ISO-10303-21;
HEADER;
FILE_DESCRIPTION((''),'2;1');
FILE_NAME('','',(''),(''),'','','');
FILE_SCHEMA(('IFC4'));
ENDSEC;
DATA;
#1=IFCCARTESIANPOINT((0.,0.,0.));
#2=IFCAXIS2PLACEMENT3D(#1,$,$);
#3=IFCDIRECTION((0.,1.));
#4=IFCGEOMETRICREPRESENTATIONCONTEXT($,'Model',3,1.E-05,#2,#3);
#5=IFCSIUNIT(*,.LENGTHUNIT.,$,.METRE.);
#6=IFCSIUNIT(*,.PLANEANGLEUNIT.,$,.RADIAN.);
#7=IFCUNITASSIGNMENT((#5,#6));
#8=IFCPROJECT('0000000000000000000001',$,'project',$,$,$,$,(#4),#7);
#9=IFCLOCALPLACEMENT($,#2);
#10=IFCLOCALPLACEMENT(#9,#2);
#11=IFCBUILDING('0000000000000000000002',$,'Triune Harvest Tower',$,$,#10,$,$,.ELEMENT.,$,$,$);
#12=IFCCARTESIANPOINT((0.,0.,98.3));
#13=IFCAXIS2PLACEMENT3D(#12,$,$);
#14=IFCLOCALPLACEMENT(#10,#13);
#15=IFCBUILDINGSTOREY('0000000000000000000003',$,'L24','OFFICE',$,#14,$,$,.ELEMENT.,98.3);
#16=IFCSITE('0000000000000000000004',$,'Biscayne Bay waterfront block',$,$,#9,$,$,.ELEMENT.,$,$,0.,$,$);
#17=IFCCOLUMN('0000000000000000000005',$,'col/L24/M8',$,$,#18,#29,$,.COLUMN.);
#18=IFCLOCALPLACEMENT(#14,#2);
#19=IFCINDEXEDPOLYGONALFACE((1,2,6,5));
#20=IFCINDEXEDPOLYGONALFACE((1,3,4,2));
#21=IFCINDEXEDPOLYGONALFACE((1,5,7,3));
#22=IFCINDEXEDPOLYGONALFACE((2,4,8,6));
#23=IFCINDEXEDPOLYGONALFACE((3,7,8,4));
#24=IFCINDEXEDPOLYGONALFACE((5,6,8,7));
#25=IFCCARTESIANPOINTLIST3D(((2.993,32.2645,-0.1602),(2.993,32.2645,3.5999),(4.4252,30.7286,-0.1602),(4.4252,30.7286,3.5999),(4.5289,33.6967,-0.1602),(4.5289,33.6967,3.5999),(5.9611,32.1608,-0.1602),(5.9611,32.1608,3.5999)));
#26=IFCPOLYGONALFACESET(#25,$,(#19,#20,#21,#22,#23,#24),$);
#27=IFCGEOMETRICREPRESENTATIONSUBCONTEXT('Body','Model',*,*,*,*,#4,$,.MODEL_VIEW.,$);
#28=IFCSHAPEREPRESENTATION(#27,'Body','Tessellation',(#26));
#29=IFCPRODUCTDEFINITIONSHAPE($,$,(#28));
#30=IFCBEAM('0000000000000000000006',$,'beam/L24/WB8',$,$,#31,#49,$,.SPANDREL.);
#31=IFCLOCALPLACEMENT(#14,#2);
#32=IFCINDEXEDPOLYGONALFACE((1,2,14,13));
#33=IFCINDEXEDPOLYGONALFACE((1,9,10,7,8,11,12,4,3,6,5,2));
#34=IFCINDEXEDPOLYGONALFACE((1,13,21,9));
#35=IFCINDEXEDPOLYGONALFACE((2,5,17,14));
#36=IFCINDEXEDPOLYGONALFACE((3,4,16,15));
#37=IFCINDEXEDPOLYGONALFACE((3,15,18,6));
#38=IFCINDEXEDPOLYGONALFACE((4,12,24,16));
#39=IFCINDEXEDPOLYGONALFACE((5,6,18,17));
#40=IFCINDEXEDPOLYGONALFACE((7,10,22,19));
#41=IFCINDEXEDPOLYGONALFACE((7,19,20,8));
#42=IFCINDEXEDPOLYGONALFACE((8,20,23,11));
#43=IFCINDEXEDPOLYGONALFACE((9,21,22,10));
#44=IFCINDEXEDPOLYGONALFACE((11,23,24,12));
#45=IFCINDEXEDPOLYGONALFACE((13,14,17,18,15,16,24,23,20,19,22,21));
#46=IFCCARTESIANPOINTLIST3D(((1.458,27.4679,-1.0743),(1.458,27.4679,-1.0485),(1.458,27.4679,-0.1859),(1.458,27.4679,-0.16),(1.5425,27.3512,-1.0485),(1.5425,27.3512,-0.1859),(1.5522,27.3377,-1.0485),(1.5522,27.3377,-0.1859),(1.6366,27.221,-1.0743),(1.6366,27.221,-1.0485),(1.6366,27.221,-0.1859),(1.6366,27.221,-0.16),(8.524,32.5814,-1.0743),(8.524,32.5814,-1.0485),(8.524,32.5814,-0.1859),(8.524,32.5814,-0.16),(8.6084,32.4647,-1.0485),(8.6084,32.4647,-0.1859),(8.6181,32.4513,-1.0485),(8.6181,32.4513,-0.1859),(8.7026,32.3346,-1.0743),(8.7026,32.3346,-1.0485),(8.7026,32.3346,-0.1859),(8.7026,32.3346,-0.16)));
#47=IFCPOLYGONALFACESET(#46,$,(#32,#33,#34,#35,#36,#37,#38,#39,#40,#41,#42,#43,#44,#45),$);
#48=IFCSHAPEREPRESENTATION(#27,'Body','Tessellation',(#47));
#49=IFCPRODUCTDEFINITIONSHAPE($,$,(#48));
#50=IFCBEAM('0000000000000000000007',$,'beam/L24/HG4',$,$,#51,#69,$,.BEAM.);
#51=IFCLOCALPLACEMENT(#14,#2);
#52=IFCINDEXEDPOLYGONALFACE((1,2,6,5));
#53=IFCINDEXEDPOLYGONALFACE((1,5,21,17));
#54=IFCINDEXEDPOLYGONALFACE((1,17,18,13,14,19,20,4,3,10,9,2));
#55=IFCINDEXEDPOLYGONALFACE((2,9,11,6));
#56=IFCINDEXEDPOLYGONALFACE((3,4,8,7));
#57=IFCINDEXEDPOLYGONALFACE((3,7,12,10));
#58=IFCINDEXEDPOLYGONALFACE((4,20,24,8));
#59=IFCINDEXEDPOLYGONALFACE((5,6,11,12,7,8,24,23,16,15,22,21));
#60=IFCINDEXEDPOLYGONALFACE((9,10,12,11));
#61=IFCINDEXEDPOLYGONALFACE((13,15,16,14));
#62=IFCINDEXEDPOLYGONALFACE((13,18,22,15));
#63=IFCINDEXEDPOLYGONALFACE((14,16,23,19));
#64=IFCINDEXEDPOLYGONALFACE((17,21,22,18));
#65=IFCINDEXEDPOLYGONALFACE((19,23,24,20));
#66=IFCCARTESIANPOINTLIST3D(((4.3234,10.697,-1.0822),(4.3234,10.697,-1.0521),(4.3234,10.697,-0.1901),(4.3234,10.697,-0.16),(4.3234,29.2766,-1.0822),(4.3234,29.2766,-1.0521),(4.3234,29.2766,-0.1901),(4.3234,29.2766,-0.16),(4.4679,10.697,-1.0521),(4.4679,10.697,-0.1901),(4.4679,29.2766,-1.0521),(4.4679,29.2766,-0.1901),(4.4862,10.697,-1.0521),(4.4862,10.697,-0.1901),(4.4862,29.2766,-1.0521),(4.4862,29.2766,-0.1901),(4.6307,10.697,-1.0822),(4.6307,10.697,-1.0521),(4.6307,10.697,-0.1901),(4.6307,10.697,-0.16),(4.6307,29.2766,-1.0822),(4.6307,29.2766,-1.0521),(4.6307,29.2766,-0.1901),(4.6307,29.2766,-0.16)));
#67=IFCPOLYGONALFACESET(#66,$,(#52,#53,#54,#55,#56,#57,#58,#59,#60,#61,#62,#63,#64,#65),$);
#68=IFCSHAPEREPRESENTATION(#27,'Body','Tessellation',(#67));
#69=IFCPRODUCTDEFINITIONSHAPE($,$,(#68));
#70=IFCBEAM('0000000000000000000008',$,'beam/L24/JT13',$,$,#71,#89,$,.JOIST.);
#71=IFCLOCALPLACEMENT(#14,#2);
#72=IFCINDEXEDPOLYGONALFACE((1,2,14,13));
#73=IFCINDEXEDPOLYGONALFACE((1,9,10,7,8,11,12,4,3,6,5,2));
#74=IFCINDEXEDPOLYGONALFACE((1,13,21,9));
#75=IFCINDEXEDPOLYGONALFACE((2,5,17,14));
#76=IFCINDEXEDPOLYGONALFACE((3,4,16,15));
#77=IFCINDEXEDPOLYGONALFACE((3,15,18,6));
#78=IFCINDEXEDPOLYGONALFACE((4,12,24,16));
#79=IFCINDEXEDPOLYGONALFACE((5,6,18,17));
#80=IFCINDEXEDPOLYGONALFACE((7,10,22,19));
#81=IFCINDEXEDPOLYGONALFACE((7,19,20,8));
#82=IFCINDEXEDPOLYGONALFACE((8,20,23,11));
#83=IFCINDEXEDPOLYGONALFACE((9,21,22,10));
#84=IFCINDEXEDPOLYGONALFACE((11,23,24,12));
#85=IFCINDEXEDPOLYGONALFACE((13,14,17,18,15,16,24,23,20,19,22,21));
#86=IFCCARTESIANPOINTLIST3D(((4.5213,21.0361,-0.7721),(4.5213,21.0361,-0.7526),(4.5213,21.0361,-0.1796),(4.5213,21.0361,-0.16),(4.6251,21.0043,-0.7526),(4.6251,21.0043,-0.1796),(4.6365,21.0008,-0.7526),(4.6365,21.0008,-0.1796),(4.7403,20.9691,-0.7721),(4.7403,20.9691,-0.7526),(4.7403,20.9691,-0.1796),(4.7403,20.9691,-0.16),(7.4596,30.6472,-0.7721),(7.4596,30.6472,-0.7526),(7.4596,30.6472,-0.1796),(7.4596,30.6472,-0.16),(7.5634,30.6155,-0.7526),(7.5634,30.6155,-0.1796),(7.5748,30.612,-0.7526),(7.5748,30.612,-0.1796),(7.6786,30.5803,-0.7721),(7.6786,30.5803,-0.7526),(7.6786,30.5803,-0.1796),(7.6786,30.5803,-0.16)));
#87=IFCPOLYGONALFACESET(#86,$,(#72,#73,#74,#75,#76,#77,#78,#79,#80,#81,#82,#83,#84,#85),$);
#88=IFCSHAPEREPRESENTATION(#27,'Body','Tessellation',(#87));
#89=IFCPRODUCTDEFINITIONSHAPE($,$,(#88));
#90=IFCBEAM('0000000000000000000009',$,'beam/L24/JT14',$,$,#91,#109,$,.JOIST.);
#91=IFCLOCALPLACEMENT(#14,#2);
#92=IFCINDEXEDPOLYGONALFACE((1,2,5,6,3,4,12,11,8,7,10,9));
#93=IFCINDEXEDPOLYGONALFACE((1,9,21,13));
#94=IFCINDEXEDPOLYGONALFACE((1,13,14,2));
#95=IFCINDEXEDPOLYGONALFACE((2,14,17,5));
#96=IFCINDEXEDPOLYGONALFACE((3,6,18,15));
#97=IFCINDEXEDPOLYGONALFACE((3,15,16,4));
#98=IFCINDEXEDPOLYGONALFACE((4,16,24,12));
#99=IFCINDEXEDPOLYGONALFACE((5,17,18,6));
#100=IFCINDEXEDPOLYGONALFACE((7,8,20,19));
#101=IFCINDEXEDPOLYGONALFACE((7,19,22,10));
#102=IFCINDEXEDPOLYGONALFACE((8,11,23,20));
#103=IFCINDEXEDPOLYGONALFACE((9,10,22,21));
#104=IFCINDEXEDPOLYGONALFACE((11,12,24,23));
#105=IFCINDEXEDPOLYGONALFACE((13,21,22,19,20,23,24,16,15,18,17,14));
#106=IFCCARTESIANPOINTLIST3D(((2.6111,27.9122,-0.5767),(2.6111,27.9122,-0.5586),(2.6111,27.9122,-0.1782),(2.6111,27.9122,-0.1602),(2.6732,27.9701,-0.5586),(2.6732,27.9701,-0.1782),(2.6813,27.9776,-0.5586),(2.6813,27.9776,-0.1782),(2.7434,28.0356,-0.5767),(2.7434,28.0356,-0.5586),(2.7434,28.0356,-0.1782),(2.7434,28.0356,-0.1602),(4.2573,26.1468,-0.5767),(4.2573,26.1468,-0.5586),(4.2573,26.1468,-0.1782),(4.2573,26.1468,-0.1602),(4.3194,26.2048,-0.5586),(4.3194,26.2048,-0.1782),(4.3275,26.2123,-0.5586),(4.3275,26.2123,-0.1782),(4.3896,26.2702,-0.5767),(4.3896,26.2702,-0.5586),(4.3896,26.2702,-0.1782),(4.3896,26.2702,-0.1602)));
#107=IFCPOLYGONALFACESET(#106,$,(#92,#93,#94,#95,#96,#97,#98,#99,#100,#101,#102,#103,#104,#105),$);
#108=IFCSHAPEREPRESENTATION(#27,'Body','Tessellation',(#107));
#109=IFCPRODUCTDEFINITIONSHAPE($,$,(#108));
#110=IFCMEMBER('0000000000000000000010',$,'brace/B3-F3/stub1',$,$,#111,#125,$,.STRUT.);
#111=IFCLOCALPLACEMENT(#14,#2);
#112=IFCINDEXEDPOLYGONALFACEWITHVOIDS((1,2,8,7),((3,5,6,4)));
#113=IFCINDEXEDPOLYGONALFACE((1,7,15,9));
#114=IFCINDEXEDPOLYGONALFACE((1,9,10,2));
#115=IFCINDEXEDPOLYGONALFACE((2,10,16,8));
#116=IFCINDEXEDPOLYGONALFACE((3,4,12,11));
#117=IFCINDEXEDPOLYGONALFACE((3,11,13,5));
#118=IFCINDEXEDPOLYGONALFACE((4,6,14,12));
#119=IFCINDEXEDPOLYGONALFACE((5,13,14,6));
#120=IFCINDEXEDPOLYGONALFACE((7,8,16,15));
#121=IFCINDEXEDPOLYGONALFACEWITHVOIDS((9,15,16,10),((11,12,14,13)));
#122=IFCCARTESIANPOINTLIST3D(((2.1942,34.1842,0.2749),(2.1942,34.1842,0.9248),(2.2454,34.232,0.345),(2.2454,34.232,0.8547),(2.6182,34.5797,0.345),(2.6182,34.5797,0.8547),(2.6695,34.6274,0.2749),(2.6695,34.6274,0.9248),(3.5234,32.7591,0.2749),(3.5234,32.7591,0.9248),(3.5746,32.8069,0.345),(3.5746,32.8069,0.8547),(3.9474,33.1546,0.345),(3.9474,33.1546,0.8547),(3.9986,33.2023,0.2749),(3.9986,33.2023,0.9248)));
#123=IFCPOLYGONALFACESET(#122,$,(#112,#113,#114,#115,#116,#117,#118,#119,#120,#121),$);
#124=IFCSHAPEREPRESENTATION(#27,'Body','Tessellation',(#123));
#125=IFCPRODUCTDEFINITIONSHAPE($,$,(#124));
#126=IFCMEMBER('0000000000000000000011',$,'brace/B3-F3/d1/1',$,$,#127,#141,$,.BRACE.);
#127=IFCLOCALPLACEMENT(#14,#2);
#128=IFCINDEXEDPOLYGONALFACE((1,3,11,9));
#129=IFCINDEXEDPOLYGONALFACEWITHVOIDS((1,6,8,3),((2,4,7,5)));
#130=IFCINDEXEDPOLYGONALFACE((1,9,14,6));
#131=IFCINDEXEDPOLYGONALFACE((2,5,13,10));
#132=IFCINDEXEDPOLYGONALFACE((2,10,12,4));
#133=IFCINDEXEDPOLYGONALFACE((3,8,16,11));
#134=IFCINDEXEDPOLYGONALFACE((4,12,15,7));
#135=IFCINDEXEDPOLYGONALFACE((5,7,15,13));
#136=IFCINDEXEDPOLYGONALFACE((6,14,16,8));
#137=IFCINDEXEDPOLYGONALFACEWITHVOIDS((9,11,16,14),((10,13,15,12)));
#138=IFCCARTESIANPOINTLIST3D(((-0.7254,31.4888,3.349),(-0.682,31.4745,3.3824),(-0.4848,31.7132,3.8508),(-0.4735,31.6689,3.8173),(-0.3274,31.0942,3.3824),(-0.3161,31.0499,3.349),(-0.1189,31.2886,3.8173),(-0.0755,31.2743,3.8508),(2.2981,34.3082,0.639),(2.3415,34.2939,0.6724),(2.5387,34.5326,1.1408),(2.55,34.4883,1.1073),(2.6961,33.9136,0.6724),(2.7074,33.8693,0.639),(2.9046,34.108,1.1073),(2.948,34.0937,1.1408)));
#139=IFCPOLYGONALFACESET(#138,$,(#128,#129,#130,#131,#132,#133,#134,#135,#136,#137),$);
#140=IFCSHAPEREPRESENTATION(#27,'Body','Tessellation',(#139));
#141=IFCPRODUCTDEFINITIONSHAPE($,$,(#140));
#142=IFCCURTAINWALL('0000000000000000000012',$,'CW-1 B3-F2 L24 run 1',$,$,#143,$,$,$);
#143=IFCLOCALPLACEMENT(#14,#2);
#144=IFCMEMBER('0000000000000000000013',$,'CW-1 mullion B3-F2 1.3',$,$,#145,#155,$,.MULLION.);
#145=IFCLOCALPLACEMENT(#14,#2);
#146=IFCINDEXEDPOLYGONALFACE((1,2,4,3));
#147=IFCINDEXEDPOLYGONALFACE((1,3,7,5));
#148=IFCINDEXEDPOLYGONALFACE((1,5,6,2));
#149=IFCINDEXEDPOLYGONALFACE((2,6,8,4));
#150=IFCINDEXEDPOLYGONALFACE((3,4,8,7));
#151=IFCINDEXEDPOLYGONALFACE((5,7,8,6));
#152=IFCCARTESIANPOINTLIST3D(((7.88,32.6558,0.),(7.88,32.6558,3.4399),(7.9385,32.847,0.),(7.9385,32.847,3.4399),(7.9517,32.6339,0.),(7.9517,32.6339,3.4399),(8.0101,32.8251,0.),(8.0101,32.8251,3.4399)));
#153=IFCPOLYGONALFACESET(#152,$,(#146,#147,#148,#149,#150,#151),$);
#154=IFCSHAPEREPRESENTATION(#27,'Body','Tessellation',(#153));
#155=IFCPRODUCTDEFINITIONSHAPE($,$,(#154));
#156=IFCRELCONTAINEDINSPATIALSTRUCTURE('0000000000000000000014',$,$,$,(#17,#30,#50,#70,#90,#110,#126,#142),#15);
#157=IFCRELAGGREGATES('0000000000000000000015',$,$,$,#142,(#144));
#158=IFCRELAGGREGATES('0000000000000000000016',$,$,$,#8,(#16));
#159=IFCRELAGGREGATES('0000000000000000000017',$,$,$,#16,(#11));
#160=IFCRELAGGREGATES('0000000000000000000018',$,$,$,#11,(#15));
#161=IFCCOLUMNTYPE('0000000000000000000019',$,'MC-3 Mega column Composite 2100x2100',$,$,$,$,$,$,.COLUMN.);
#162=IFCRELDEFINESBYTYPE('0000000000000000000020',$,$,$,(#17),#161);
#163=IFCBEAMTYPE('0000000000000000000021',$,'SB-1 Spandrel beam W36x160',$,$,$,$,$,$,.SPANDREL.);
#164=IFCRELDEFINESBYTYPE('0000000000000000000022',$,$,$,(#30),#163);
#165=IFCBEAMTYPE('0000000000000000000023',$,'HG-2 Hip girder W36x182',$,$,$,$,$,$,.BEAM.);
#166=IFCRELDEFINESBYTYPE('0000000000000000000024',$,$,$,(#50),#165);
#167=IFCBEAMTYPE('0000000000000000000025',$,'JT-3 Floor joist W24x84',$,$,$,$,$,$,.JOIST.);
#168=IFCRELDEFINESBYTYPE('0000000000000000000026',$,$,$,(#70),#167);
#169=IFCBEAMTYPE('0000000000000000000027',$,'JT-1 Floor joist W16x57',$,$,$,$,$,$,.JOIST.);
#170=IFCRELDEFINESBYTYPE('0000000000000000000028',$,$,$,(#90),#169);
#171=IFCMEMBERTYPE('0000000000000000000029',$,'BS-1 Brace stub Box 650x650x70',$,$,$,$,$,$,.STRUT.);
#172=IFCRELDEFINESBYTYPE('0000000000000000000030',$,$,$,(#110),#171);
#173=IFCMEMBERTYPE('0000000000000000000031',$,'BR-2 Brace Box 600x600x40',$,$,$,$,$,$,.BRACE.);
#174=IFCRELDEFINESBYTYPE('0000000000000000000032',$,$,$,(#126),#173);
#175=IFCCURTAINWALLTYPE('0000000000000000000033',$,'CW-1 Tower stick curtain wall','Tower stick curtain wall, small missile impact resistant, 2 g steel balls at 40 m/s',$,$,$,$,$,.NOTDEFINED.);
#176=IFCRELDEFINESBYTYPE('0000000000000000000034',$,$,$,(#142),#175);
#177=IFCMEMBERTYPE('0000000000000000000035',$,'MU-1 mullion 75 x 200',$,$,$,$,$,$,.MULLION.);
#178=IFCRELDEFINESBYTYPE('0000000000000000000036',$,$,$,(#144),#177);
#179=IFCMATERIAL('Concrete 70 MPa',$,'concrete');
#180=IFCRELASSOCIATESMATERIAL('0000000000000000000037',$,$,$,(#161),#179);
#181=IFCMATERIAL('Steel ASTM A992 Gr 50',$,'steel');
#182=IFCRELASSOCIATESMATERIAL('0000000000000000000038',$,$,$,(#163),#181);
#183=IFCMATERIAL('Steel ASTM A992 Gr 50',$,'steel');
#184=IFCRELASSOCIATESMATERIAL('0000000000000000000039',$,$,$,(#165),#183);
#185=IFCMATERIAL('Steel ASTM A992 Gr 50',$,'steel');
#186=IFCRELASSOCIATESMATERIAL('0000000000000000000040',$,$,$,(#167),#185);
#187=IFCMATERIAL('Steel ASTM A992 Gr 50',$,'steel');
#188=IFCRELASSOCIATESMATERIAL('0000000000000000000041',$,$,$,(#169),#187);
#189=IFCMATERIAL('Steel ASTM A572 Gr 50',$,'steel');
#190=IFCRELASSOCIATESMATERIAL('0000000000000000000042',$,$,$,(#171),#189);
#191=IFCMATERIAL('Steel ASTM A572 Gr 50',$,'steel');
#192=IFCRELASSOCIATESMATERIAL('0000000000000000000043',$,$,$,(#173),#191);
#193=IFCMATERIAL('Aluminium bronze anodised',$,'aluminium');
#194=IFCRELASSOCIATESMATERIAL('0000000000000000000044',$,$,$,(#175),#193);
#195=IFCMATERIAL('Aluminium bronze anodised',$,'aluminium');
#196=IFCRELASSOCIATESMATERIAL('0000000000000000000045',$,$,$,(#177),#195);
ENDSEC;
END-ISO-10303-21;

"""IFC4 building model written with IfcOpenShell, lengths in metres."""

from ifc_helpers import new_model, si_unit, direction, frame, origin, origin_2d, place, context, subcontext, project, spatial, rectangle, hollow_rectangle, i_section, extrude, source, transform, mapped, material, material_profile, profile_set, type_object, element, aggregate, save


model = new_model("IFC4")

# Units and contexts
model_context = context("Model", 3, precision=1e-05, world=origin(), true_north=direction((0.0, 1.0)))
body_context = subcontext(model_context, "Body", "Model", "MODEL_VIEW")
ifc_project = project(units=[si_unit("LENGTHUNIT", "METRE"), si_unit("PLANEANGLEUNIT", "RADIAN")], contexts=[model_context])

# Site, building, storey
site_placement = place(None, origin())
site = spatial("IfcSite", under=ifc_project, at=site_placement, Name="Biscayne Bay waterfront block", CompositionType="ELEMENT", RefElevation=0.0)
building_placement = place(site_placement, origin())
building = spatial("IfcBuilding", under=site, at=building_placement, Name="Triune Harvest Tower", CompositionType="ELEMENT")
storey_placement = place(building_placement, frame((0.0, 0.0, 98.3)))
storey = spatial("IfcBuildingStorey", under=building, at=storey_placement, Name="L24", Description="OFFICE", CompositionType="ELEMENT", Elevation=98.3)

# Column
ifc_material_1 = material(Name="Concrete 70 MPa", Category="concrete")
ifc_material_profile_1 = material_profile(ifc_material_1, rectangle(XDim=2.1001, YDim=2.1001, at=origin_2d()), Name="Composite 2100x2100")
ifc_profile_set_1 = profile_set([ifc_material_profile_1], Name="Concrete 70 MPa")
column_type = type_object("IfcColumnType", Name="MC-3 Mega column Composite 2100x2100", PredefinedType="COLUMN", material=ifc_profile_set_1)
shared_shape_1 = source(origin(), body_context, "Body", "SweptSolid", [
    extrude(rectangle(XDim=2.1001, YDim=2.1001, at=origin_2d()), origin(), (0.0, 0.0, 1.0), 3.76),
])
column_placement = place(storey_placement, frame((4.4771, 32.2126, -0.1602), z_axis=(0.0, 0.0, 1.0), x_axis=(-0.731355, -0.681997, 0.0)))
element("IfcColumn", 1, at=column_placement, inside=storey, type_object=column_type, Name="col/L24/M8", PredefinedType="COLUMN", context=body_context, shape_type="MappedRepresentation", body=[
    mapped(shared_shape_1, transform((0.0, 0.0, 0.0), scale=1.0)),
])

# Beams
ifc_material_2 = material(Name="Steel ASTM A992 Gr 50", Category="steel")
ifc_material_profile_2 = material_profile(ifc_material_2, i_section(OverallWidth=0.3047, OverallDepth=0.9143, WebThickness=0.0166, FlangeThickness=0.0259, at=origin_2d()), Name="W36x160")
ifc_profile_set_2 = profile_set([ifc_material_profile_2], Name="Steel ASTM A992 Gr 50")
beam_type_1 = type_object("IfcBeamType", Name="SB-1 Spandrel beam W36x160", PredefinedType="SPANDREL", material=ifc_profile_set_2)
shared_shape_2 = source(origin(), body_context, "Body", "SweptSolid", [
    extrude(i_section(OverallWidth=0.3047, OverallDepth=0.9143, WebThickness=0.0166, FlangeThickness=0.0259, at=origin_2d()), origin(), (0.0, 0.0, 1.0), 8.7222),
])
beam_1_placement = place(storey_placement, frame((8.6133, 32.458, -0.6172), z_axis=(-0.810115, -0.586271, 0.0), x_axis=(0.586271, -0.810115, 0.0)))
element("IfcBeam", 2, at=beam_1_placement, inside=storey, type_object=beam_type_1, Name="beam/L24/WB8", PredefinedType="SPANDREL", context=body_context, shape_type="MappedRepresentation", body=[
    mapped(shared_shape_2, transform((0.0, 0.0, 0.0), scale=1.0)),
])
ifc_material_3 = material(Name="Steel ASTM A992 Gr 50", Category="steel")
ifc_material_profile_3 = material_profile(ifc_material_3, i_section(OverallWidth=0.3074, OverallDepth=0.9221, WebThickness=0.0183, FlangeThickness=0.03, at=origin_2d()), Name="W36x182")
ifc_profile_set_3 = profile_set([ifc_material_profile_3], Name="Steel ASTM A992 Gr 50")
beam_type_2 = type_object("IfcBeamType", Name="HG-2 Hip girder W36x182", PredefinedType="BEAM", material=ifc_profile_set_3)
shared_shape_3 = source(origin(), body_context, "Body", "SweptSolid", [
    extrude(i_section(OverallWidth=0.3074, OverallDepth=0.9221, WebThickness=0.0183, FlangeThickness=0.03, at=origin_2d()), origin(), (0.0, 0.0, 1.0), 18.5796),
])
beam_2_placement = place(storey_placement, frame((4.4771, 29.2766, -0.6211), z_axis=(0.0, -1.0, 0.0), x_axis=(1.0, 0.0, 0.0)))
element("IfcBeam", 3, at=beam_2_placement, inside=storey, type_object=beam_type_2, Name="beam/L24/HG4", PredefinedType="BEAM", context=body_context, shape_type="MappedRepresentation", body=[
    mapped(shared_shape_3, transform((0.0, 0.0, 0.0), scale=1.0)),
])
ifc_material_4 = material(Name="Steel ASTM A992 Gr 50", Category="steel")
ifc_material_profile_4 = material_profile(ifc_material_4, i_section(OverallWidth=0.229, OverallDepth=0.6121, WebThickness=0.012, FlangeThickness=0.0195, at=origin_2d()), Name="W24x84")
ifc_profile_set_4 = profile_set([ifc_material_profile_4], Name="Steel ASTM A992 Gr 50")
beam_type_3 = type_object("IfcBeamType", Name="JT-3 Floor joist W24x84", PredefinedType="JOIST", material=ifc_profile_set_4)
shared_shape_4 = source(origin(), body_context, "Body", "SweptSolid", [
    extrude(i_section(OverallWidth=0.229, OverallDepth=0.6121, WebThickness=0.012, FlangeThickness=0.0195, at=origin_2d()), origin(), (0.0, 0.0, 1.0), 10.0503),
])
beam_3_placement = place(storey_placement, frame((7.5691, 30.6138, -0.4661), z_axis=(-0.292356, -0.95631, 0.0), x_axis=(0.95631, -0.292356, 0.0)))
element("IfcBeam", 4, at=beam_3_placement, inside=storey, type_object=beam_type_3, Name="beam/L24/JT13", PredefinedType="JOIST", context=body_context, shape_type="MappedRepresentation", body=[
    mapped(shared_shape_4, transform((0.0, 0.0, 0.0), scale=1.0)),
])
ifc_material_5 = material(Name="Steel ASTM A992 Gr 50", Category="steel")
ifc_material_profile_5 = material_profile(ifc_material_5, i_section(OverallWidth=0.1809, OverallDepth=0.4165, WebThickness=0.011, FlangeThickness=0.0181, at=origin_2d()), Name="W16x57")
ifc_profile_set_5 = profile_set([ifc_material_profile_5], Name="Steel ASTM A992 Gr 50")
beam_type_4 = type_object("IfcBeamType", Name="JT-1 Floor joist W16x57", PredefinedType="JOIST", material=ifc_profile_set_5)
shared_shape_5 = source(origin(), body_context, "Body", "SweptSolid", [
    extrude(i_section(OverallWidth=0.1809, OverallDepth=0.4165, WebThickness=0.011, FlangeThickness=0.0181, at=origin_2d()), origin(), (0.0, 0.0, 1.0), 2.4138),
])
beam_4_placement = place(storey_placement, frame((2.6772, 27.9739, -0.3684), z_axis=(0.681997, -0.731355, 0.0), x_axis=(0.731355, 0.681997, 0.0)))
element("IfcBeam", 5, at=beam_4_placement, inside=storey, type_object=beam_type_4, Name="beam/L24/JT14", PredefinedType="JOIST", context=body_context, shape_type="MappedRepresentation", body=[
    mapped(shared_shape_5, transform((0.0, 0.0, 0.0), scale=1.0)),
])

# Members
ifc_material_6 = material(Name="Steel ASTM A572 Gr 50", Category="steel")
ifc_material_profile_6 = material_profile(ifc_material_6, hollow_rectangle(XDim=0.6499, YDim=0.6499, WallThickness=0.0701, at=origin_2d()), Name="Box 650x650x70")
ifc_profile_set_6 = profile_set([ifc_material_profile_6], Name="Steel ASTM A572 Gr 50")
member_type_1 = type_object("IfcMemberType", Name="BS-1 Brace stub Box 650x650x70", PredefinedType="STRUT", material=ifc_profile_set_6)
shared_shape_6 = source(origin(), body_context, "Body", "SweptSolid", [
    extrude(hollow_rectangle(XDim=0.6499, YDim=0.6499, WallThickness=0.0701, at=origin_2d()), origin(), (0.0, 0.0, 1.0), 1.9487),
])
member_1_placement = place(storey_placement, frame((3.761, 32.9807, 0.5999), z_axis=(-0.682059, 0.731297, 0.0), x_axis=(-0.731297, -0.682059, 0.0)))
element("IfcMember", 6, at=member_1_placement, inside=storey, type_object=member_type_1, Name="brace/B3-F3/stub1", PredefinedType="STRUT", context=body_context, shape_type="MappedRepresentation", body=[
    mapped(shared_shape_6, transform((0.0, 0.0, 0.0), scale=1.0)),
])
ifc_material_7 = material(Name="Steel ASTM A572 Gr 50", Category="steel")
ifc_material_profile_7 = material_profile(ifc_material_7, hollow_rectangle(XDim=0.6001, YDim=0.6001, WallThickness=0.04, at=origin_2d()), Name="Box 600x600x40")
ifc_profile_set_7 = profile_set([ifc_material_profile_7], Name="Steel ASTM A572 Gr 50")
member_type_2 = type_object("IfcMemberType", Name="BR-2 Brace Box 600x600x40", PredefinedType="BRACE", material=ifc_profile_set_7)
shared_shape_7 = source(origin(), body_context, "Body", "SweptSolid", [
    extrude(hollow_rectangle(XDim=0.6001, YDim=0.6001, WallThickness=0.04, at=origin_2d()), origin(), (0.0, 0.0, 1.0), 4.9431),
])
member_2_placement = place(storey_placement, frame((2.623, 34.2009, 0.8899), z_axis=(-0.611655, -0.570364, 0.548237), x_axis=(0.68199, -0.731362, 0.0)))
element("IfcMember", 7, at=member_2_placement, inside=storey, type_object=member_type_2, Name="brace/B3-F3/d1/1", PredefinedType="BRACE", context=body_context, shape_type="MappedRepresentation", body=[
    mapped(shared_shape_7, transform((0.0, 0.0, 0.0), scale=1.0)),
])

# Curtain wall, member
ifc_material_8 = material(Name="Aluminium bronze anodised", Category="aluminium")
curtain_wall_type_1 = type_object("IfcCurtainWallType", Name="CW-1 Tower stick curtain wall", Description="Tower stick curtain wall, small missile impact resistant, 2 g steel balls at 40 m/s", PredefinedType="NOTDEFINED", material=ifc_material_8)
curtain_wall_1_placement = place(storey_placement, origin())
curtain_wall_1 = element("IfcCurtainWall", 8, at=curtain_wall_1_placement, inside=storey, type_object=curtain_wall_type_1, Name="CW-1 B3-F2 L24 run 1")
ifc_material_9 = material(Name="Aluminium bronze anodised", Category="aluminium")
ifc_material_profile_8 = material_profile(ifc_material_9, rectangle(XDim=0.2, YDim=0.075, at=origin_2d()), Name="MU-1 mullion 75 x 200")
ifc_profile_set_8 = profile_set([ifc_material_profile_8], Name="Aluminium bronze anodised")
member_type_3 = type_object("IfcMemberType", Name="MU-1 mullion 75 x 200", PredefinedType="MULLION", material=ifc_profile_set_8)
shared_shape_8 = source(origin(), body_context, "Body", "SweptSolid", [
    extrude(rectangle(XDim=0.2, YDim=0.075, at=origin_2d()), origin(), (0.0, 0.0, 1.0), 3.4399),
])
member_3_placement = place(storey_placement, frame((7.9451, 32.7405, 0.0), z_axis=(0.0, 0.0, 1.0), x_axis=(-0.292377, -0.956303, 0.0)))
member_3 = element("IfcMember", 9, at=member_3_placement, type_object=member_type_3, Name="CW-1 mullion B3-F2 1.3", PredefinedType="MULLION", context=body_context, shape_type="MappedRepresentation", body=[
    mapped(shared_shape_8, transform((0.0, 0.0, 0.0), scale=1.0)),
])

aggregate(curtain_wall_1, [member_3])

save(model, "model.ifc")
